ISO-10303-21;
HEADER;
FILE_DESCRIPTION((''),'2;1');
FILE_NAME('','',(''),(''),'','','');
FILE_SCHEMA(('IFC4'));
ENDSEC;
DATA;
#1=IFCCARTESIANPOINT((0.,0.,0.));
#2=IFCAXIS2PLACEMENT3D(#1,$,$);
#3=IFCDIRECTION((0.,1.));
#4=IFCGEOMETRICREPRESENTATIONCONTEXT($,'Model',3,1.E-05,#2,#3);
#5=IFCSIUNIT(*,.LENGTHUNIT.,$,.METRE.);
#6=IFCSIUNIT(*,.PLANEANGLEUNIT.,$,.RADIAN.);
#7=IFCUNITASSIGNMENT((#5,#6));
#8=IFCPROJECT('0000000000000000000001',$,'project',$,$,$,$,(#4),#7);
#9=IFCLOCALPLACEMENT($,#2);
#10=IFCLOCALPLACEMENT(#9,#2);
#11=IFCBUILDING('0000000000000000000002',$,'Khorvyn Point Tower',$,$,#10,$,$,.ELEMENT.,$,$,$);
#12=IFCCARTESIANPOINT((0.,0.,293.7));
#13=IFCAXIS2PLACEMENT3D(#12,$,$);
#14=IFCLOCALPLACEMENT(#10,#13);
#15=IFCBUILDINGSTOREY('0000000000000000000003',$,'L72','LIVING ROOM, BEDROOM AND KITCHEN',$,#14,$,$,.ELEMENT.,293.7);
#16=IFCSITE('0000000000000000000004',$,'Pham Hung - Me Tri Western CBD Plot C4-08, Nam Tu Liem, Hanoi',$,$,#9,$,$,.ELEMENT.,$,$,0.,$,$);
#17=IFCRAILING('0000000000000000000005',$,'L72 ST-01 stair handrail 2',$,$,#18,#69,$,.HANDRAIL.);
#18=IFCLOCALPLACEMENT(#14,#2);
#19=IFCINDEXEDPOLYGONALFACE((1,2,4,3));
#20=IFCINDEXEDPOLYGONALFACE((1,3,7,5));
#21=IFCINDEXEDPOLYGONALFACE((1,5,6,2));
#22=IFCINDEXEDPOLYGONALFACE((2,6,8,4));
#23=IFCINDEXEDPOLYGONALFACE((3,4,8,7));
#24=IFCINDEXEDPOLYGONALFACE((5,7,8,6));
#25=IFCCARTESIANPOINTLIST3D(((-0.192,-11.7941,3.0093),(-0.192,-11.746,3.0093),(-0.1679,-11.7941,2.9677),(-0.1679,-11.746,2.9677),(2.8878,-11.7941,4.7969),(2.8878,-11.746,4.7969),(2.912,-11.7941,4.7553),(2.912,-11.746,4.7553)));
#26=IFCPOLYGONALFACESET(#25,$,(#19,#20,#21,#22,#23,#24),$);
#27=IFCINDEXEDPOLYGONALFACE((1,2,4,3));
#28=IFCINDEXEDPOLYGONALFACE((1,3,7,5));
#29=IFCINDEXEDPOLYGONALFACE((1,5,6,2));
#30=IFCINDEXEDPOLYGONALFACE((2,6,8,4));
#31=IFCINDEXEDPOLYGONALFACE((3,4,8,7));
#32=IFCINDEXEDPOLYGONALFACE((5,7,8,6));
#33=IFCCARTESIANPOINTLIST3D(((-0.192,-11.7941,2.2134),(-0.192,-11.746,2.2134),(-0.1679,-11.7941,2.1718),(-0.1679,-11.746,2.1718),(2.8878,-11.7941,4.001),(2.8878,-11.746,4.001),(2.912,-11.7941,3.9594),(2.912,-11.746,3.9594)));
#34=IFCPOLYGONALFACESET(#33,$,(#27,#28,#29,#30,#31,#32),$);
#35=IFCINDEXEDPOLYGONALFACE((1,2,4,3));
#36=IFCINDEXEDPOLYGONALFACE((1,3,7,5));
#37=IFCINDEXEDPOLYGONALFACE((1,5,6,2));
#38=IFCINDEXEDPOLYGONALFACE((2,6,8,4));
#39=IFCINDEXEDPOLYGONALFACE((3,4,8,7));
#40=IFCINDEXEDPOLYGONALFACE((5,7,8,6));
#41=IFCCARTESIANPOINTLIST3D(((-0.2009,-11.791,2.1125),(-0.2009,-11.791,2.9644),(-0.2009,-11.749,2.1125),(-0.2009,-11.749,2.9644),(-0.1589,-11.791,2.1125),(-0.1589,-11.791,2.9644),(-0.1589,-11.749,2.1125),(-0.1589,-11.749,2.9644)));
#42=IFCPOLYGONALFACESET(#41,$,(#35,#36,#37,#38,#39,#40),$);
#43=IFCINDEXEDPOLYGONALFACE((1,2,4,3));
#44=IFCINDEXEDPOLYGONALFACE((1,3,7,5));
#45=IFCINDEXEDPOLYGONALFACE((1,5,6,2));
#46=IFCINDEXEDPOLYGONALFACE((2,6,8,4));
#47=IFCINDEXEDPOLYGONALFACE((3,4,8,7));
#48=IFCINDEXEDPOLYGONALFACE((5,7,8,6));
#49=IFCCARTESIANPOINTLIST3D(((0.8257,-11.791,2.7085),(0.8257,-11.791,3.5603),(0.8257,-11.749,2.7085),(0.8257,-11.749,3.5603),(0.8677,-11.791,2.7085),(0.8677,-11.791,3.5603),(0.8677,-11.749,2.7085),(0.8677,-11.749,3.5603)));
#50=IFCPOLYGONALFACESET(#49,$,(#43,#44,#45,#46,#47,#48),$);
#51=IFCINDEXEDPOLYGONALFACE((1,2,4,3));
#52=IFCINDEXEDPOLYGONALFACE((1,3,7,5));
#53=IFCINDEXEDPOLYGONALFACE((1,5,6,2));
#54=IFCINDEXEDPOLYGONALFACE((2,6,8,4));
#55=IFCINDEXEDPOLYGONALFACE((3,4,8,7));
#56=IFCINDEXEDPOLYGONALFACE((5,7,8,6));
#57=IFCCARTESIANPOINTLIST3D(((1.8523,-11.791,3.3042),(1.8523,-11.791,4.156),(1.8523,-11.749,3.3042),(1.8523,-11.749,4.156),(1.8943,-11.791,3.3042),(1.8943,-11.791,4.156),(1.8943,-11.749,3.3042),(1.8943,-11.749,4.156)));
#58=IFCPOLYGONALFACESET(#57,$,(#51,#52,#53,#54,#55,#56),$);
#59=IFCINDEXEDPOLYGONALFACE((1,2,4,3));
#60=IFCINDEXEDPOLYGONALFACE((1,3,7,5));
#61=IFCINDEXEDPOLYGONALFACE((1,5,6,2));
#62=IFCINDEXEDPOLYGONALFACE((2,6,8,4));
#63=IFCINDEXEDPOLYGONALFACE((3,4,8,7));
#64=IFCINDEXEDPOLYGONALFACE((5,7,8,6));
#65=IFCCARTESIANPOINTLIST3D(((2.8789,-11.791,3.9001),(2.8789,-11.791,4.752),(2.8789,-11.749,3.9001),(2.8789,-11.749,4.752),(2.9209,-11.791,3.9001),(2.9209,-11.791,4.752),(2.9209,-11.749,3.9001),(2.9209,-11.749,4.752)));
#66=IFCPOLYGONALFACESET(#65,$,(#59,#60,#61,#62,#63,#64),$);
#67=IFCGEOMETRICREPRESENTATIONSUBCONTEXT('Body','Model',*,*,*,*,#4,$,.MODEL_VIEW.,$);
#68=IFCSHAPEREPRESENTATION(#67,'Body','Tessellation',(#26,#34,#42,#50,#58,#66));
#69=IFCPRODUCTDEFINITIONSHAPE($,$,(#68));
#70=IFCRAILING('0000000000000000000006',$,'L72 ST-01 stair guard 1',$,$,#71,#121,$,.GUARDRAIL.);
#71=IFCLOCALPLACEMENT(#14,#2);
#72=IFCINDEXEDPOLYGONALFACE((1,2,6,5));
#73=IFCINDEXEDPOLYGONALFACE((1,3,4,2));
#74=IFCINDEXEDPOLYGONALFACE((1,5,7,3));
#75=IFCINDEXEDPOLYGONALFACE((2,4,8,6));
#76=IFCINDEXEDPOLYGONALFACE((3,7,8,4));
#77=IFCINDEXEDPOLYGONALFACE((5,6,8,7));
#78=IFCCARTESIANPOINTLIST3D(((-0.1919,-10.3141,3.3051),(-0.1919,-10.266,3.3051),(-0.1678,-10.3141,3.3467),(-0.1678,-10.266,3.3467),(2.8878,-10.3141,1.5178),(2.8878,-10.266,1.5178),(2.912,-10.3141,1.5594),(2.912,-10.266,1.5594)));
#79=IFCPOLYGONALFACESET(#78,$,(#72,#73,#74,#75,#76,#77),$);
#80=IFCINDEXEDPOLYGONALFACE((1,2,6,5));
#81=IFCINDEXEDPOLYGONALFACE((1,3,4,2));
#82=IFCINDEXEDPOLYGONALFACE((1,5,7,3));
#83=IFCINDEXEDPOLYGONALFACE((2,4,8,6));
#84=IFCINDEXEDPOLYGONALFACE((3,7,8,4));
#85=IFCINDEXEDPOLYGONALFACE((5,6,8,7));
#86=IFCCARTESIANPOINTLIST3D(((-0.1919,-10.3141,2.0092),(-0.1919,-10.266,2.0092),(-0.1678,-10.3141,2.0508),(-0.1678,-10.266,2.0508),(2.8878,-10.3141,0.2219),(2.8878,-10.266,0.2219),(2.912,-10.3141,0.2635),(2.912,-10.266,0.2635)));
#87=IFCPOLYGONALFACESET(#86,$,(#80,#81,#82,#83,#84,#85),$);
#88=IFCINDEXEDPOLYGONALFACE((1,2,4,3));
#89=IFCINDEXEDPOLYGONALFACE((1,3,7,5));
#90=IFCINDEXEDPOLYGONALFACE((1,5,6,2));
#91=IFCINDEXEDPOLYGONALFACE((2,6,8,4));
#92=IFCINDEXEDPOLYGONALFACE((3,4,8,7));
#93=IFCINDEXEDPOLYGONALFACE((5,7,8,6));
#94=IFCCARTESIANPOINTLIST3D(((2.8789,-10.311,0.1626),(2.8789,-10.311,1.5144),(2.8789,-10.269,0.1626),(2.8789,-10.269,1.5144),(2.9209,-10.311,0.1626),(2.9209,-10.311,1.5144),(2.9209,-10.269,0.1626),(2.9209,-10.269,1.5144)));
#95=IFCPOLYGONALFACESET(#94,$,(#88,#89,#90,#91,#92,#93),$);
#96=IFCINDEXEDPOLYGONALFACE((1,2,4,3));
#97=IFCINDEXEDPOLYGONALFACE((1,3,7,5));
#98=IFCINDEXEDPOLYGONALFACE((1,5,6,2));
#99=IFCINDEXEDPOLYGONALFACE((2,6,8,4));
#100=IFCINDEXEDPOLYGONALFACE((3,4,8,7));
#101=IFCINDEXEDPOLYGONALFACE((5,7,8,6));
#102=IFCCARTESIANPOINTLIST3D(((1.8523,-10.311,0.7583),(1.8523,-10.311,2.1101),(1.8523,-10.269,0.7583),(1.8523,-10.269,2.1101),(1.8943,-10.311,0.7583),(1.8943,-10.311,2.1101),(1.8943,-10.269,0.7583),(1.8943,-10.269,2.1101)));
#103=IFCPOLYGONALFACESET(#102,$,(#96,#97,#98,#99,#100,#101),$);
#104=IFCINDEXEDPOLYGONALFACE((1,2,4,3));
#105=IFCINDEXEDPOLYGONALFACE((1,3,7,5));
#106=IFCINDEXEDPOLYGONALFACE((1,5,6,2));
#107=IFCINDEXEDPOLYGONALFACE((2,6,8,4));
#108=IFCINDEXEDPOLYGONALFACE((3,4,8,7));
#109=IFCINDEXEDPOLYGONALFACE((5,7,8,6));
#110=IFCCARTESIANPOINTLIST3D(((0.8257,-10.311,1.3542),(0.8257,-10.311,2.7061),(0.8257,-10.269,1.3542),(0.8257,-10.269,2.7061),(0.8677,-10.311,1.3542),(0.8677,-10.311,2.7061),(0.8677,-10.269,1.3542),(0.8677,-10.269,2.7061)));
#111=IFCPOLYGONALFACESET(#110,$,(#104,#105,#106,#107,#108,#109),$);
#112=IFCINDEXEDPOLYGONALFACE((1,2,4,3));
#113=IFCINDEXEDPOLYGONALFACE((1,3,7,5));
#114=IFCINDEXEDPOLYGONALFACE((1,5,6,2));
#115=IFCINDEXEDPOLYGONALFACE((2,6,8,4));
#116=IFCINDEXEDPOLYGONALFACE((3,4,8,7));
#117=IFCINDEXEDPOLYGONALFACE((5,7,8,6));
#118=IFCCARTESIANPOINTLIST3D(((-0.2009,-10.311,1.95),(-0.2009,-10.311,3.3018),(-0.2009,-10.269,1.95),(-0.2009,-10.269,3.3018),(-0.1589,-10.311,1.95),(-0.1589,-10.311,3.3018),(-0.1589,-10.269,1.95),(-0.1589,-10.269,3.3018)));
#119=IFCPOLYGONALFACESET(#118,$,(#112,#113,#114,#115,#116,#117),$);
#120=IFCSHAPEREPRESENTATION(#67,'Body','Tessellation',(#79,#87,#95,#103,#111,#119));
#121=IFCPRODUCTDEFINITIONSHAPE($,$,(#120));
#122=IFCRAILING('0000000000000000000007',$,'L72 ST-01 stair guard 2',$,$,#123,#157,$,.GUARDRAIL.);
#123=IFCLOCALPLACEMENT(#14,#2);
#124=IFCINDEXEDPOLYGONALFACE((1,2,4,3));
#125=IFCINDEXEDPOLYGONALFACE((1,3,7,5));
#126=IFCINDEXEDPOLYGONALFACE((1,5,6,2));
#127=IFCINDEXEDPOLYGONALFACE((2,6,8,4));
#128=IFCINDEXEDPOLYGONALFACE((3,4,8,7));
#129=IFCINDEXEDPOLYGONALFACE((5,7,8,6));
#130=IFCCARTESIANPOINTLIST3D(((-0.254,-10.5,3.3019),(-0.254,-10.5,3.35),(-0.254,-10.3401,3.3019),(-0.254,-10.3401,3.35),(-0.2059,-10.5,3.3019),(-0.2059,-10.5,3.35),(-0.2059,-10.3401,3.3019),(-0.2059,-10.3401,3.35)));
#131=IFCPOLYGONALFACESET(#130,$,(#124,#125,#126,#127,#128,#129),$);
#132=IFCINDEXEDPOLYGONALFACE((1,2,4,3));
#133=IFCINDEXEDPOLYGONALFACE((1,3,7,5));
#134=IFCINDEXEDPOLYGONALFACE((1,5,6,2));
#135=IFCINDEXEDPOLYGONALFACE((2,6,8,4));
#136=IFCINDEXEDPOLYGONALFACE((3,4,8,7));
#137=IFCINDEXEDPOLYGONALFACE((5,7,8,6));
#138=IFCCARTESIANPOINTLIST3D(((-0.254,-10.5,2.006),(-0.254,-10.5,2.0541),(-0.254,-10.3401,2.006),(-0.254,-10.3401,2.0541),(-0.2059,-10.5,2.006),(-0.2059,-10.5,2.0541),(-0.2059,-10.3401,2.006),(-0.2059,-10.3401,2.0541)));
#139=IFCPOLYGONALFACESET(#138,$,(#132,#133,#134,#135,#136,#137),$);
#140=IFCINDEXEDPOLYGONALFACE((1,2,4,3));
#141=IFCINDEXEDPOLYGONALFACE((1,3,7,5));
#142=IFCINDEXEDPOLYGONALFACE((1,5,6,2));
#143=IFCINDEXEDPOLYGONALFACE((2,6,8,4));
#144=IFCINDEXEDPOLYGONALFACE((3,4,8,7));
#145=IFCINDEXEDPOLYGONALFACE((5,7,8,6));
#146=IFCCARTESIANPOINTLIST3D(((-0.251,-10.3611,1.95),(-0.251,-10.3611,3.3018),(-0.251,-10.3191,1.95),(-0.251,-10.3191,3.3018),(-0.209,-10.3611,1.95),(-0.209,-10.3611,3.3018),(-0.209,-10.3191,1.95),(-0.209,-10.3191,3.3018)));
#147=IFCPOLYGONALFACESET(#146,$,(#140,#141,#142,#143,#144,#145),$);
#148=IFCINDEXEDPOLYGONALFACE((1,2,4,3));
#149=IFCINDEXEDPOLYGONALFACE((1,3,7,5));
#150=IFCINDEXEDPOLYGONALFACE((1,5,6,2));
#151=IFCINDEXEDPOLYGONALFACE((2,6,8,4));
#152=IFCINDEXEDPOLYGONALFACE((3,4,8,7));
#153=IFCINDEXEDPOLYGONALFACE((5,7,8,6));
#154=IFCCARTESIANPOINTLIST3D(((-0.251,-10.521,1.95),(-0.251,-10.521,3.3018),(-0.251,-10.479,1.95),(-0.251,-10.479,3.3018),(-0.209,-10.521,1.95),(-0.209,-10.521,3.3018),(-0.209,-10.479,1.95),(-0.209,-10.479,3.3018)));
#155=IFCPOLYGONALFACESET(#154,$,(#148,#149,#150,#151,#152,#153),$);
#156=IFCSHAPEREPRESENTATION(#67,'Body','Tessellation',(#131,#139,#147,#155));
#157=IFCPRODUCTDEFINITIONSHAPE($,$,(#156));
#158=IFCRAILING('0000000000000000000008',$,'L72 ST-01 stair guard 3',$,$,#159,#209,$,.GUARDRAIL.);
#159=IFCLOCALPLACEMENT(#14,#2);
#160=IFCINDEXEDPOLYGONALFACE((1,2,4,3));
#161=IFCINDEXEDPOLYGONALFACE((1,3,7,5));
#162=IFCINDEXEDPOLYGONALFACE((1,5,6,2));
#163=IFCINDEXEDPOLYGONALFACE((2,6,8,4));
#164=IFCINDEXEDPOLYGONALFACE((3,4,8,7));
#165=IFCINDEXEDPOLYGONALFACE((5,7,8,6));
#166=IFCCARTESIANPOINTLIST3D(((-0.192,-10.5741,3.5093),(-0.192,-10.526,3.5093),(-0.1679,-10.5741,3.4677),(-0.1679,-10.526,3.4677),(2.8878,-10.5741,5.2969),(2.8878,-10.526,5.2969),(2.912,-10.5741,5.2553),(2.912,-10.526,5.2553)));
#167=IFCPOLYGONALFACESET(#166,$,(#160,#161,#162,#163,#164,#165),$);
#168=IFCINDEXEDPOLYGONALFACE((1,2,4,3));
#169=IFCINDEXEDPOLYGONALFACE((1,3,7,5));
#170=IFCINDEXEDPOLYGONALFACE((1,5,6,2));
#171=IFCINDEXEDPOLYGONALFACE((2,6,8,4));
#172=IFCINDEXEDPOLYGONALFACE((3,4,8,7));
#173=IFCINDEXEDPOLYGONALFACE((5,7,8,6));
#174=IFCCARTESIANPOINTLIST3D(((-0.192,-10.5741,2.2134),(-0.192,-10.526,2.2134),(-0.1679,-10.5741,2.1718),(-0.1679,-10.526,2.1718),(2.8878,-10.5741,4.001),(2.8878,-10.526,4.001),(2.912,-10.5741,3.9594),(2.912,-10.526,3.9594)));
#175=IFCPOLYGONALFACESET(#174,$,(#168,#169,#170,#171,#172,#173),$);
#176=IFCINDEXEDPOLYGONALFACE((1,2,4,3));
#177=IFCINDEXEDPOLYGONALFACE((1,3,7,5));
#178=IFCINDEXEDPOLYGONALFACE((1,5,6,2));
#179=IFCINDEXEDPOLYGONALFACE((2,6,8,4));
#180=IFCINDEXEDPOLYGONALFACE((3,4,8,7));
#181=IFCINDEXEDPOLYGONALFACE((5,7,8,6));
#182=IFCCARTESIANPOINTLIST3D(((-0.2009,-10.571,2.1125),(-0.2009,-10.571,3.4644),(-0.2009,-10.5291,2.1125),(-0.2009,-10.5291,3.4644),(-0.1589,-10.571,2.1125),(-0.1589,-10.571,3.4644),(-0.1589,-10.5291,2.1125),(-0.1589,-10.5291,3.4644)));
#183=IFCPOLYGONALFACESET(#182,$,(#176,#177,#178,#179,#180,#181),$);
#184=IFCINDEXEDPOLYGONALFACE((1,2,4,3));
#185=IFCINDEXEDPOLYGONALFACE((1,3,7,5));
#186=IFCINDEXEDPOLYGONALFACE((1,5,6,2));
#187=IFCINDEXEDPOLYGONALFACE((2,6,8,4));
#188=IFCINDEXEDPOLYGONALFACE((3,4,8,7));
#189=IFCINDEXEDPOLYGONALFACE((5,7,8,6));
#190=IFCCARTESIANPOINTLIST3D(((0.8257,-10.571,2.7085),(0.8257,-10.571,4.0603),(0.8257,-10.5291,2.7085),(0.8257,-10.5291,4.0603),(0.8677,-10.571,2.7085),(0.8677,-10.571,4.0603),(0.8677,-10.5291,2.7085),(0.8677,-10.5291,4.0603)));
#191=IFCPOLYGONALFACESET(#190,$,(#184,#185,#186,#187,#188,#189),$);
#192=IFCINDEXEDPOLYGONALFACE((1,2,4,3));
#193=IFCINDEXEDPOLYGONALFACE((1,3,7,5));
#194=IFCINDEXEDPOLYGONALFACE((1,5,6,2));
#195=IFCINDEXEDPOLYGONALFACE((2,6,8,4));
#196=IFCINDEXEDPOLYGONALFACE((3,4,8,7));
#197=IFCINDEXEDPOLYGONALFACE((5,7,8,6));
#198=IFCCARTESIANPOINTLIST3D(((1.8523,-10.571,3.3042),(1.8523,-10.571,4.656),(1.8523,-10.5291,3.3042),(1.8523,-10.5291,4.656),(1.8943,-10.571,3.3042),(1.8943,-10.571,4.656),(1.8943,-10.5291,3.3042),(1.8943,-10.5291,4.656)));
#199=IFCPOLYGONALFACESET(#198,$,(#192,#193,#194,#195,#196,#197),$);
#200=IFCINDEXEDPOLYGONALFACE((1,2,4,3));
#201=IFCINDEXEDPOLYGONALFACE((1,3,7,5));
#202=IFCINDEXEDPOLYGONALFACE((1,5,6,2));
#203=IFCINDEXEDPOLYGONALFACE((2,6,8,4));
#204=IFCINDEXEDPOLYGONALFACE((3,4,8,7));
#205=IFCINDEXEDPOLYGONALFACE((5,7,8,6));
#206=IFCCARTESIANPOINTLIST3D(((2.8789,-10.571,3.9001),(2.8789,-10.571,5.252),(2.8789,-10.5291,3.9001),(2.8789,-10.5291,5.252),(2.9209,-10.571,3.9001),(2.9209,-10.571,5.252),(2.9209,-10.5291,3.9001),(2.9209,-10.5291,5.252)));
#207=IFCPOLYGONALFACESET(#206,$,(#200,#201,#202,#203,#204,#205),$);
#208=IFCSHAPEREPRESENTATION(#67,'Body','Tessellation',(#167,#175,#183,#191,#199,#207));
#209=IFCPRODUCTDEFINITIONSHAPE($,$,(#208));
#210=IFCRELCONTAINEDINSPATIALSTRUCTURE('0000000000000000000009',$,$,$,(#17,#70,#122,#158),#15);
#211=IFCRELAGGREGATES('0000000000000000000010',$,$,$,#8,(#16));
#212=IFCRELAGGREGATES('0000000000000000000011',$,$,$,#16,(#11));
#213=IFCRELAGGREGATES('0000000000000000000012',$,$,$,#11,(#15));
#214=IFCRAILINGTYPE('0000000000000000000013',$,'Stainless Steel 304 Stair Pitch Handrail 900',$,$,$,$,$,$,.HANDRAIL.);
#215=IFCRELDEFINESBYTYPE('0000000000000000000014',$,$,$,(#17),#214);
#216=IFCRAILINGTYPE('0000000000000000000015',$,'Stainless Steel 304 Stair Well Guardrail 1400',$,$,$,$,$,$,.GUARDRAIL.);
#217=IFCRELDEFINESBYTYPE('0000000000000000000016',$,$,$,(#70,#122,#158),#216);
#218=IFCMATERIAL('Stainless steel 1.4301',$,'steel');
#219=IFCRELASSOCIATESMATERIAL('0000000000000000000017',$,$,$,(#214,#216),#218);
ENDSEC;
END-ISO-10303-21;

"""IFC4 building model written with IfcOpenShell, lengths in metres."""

from ifc_helpers import new_model, si_unit, direction, frame, origin, origin_2d, place, context, subcontext, project, spatial, rectangle, extrude, material, type_object, element, save


model = new_model("IFC4")

# Units and contexts
model_context = context("Model", 3, precision=1e-05, world=origin(), true_north=direction((0.0, 1.0)))
body_context = subcontext(model_context, "Body", "Model", "MODEL_VIEW")
ifc_project = project(units=[si_unit("LENGTHUNIT", "METRE"), si_unit("PLANEANGLEUNIT", "RADIAN")], contexts=[model_context])

# Site, building, storey
site_placement = place(None, origin())
site = spatial("IfcSite", under=ifc_project, at=site_placement, Name="Pham Hung - Me Tri Western CBD Plot C4-08, Nam Tu Liem, Hanoi", CompositionType="ELEMENT", RefElevation=0.0)
building_placement = place(site_placement, origin())
building = spatial("IfcBuilding", under=site, at=building_placement, Name="Khorvyn Point Tower", CompositionType="ELEMENT")
storey_placement = place(building_placement, frame((0.0, 0.0, 293.7)))
storey = spatial("IfcBuildingStorey", under=building, at=storey_placement, Name="L72", Description="LIVING ROOM, BEDROOM AND KITCHEN", CompositionType="ELEMENT", Elevation=293.7)

# Shared definitions
ifc_material_1 = material(Name="Stainless steel 1.4301", Category="steel")

# Railings
railing_type_1 = type_object("IfcRailingType", Name="Stainless Steel 304 Stair Pitch Handrail 900", PredefinedType="HANDRAIL", material=ifc_material_1)
railing_1_placement = place(storey_placement, frame((-0.1799, -11.77, 2.1125)))
element("IfcRailing", 1, at=railing_1_placement, inside=storey, type_object=railing_type_1, Name="L72 ST-01 stair handrail 2", PredefinedType="HANDRAIL", context=body_context, shape_type="SweptSolid", body=[
    extrude(rectangle(XDim=0.0481, YDim=0.0481, at=origin_2d()), frame((0.0, 0.0, 0.876), z_axis=(0.864873, 0.0, 0.50199), x_axis=(0.0, 1.0, 0.0)), (0.0, 0.0, 1.0), 3.561),
    extrude(rectangle(XDim=0.0481, YDim=0.0481, at=origin_2d()), frame((0.0, 0.0, 0.0801), z_axis=(0.864873, 0.0, 0.50199), x_axis=(0.0, 1.0, 0.0)), (0.0, 0.0, 1.0), 3.561),
    extrude(rectangle(XDim=0.042, YDim=0.042, at=origin_2d()), origin(), (0.0, 0.0, 1.0), 0.8518),
    extrude(rectangle(XDim=0.042, YDim=0.042, at=origin_2d()), frame((1.0266, 0.0, 0.5959)), (0.0, 0.0, 1.0), 0.8518),
    extrude(rectangle(XDim=0.042, YDim=0.042, at=origin_2d()), frame((2.0532, 0.0, 1.1917)), (0.0, 0.0, 1.0), 0.8518),
    extrude(rectangle(XDim=0.042, YDim=0.042, at=origin_2d()), frame((3.0798, 0.0, 1.7876)), (0.0, 0.0, 1.0), 0.8518),
])
railing_type_2 = type_object("IfcRailingType", Name="Stainless Steel 304 Stair Well Guardrail 1400", PredefinedType="GUARDRAIL", material=ifc_material_1)
railing_2_placement = place(storey_placement, frame((2.8999, -10.29, 0.1626)))
element("IfcRailing", 2, at=railing_2_placement, inside=storey, type_object=railing_type_2, Name="L72 ST-01 stair guard 1", PredefinedType="GUARDRAIL", context=body_context, shape_type="SweptSolid", body=[
    extrude(rectangle(XDim=0.0481, YDim=0.0481, at=origin_2d()), frame((0.0, 0.0, 1.376), z_axis=(-0.864903, 0.0, 0.501939), x_axis=(0.0, -1.0, 0.0)), (0.0, 0.0, 1.0), 3.5608),
    extrude(rectangle(XDim=0.0481, YDim=0.0481, at=origin_2d()), frame((0.0, 0.0, 0.0801), z_axis=(-0.864903, 0.0, 0.501939), x_axis=(0.0, -1.0, 0.0)), (0.0, 0.0, 1.0), 3.5608),
    extrude(rectangle(XDim=0.042, YDim=0.042, at=origin_2d()), origin(), (0.0, 0.0, 1.0), 1.3518),
    extrude(rectangle(XDim=0.042, YDim=0.042, at=origin_2d()), frame((-1.0266, 0.0, 0.5957)), (0.0, 0.0, 1.0), 1.3518),
    extrude(rectangle(XDim=0.042, YDim=0.042, at=origin_2d()), frame((-2.0532, 0.0, 1.1917)), (0.0, 0.0, 1.0), 1.3518),
    extrude(rectangle(XDim=0.042, YDim=0.042, at=origin_2d()), frame((-3.0798, 0.0, 1.7874)), (0.0, 0.0, 1.0), 1.3518),
])
railing_3_placement = place(storey_placement, frame((-0.23, -10.3401, 1.95)))
element("IfcRailing", 3, at=railing_3_placement, inside=storey, type_object=railing_type_2, Name="L72 ST-01 stair guard 2", PredefinedType="GUARDRAIL", context=body_context, shape_type="SweptSolid", body=[
    extrude(rectangle(XDim=0.0481, YDim=0.0481, at=origin_2d()), frame((0.0, 0.0, 1.376), z_axis=(0.0, -1.0, 0.0), x_axis=(1.0, 0.0, 0.0)), (0.0, 0.0, 1.0), 0.1599),
    extrude(rectangle(XDim=0.0481, YDim=0.0481, at=origin_2d()), frame((0.0, 0.0, 0.0801), z_axis=(0.0, -1.0, 0.0), x_axis=(1.0, 0.0, 0.0)), (0.0, 0.0, 1.0), 0.1599),
    extrude(rectangle(XDim=0.042, YDim=0.042, at=origin_2d()), origin(), (0.0, 0.0, 1.0), 1.3518),
    extrude(rectangle(XDim=0.042, YDim=0.042, at=origin_2d()), frame((0.0, -0.1599, 0.0)), (0.0, 0.0, 1.0), 1.3518),
])
railing_4_placement = place(storey_placement, frame((-0.1799, -10.55, 2.1125)))
element("IfcRailing", 4, at=railing_4_placement, inside=storey, type_object=railing_type_2, Name="L72 ST-01 stair guard 3", PredefinedType="GUARDRAIL", context=body_context, shape_type="SweptSolid", body=[
    extrude(rectangle(XDim=0.0481, YDim=0.0481, at=origin_2d()), frame((0.0, 0.0, 1.376), z_axis=(0.864873, 0.0, 0.50199), x_axis=(0.0, 1.0, 0.0)), (0.0, 0.0, 1.0), 3.561),
    extrude(rectangle(XDim=0.0481, YDim=0.0481, at=origin_2d()), frame((0.0, 0.0, 0.0801), z_axis=(0.864873, 0.0, 0.50199), x_axis=(0.0, 1.0, 0.0)), (0.0, 0.0, 1.0), 3.561),
    extrude(rectangle(XDim=0.042, YDim=0.042, at=origin_2d()), origin(), (0.0, 0.0, 1.0), 1.3518),
    extrude(rectangle(XDim=0.042, YDim=0.042, at=origin_2d()), frame((1.0266, 0.0, 0.5959)), (0.0, 0.0, 1.0), 1.3518),
    extrude(rectangle(XDim=0.042, YDim=0.042, at=origin_2d()), frame((2.0532, 0.0, 1.1917)), (0.0, 0.0, 1.0), 1.3518),
    extrude(rectangle(XDim=0.042, YDim=0.042, at=origin_2d()), frame((3.0798, 0.0, 1.7876)), (0.0, 0.0, 1.0), 1.3518),
])

save(model, "model.ifc")
